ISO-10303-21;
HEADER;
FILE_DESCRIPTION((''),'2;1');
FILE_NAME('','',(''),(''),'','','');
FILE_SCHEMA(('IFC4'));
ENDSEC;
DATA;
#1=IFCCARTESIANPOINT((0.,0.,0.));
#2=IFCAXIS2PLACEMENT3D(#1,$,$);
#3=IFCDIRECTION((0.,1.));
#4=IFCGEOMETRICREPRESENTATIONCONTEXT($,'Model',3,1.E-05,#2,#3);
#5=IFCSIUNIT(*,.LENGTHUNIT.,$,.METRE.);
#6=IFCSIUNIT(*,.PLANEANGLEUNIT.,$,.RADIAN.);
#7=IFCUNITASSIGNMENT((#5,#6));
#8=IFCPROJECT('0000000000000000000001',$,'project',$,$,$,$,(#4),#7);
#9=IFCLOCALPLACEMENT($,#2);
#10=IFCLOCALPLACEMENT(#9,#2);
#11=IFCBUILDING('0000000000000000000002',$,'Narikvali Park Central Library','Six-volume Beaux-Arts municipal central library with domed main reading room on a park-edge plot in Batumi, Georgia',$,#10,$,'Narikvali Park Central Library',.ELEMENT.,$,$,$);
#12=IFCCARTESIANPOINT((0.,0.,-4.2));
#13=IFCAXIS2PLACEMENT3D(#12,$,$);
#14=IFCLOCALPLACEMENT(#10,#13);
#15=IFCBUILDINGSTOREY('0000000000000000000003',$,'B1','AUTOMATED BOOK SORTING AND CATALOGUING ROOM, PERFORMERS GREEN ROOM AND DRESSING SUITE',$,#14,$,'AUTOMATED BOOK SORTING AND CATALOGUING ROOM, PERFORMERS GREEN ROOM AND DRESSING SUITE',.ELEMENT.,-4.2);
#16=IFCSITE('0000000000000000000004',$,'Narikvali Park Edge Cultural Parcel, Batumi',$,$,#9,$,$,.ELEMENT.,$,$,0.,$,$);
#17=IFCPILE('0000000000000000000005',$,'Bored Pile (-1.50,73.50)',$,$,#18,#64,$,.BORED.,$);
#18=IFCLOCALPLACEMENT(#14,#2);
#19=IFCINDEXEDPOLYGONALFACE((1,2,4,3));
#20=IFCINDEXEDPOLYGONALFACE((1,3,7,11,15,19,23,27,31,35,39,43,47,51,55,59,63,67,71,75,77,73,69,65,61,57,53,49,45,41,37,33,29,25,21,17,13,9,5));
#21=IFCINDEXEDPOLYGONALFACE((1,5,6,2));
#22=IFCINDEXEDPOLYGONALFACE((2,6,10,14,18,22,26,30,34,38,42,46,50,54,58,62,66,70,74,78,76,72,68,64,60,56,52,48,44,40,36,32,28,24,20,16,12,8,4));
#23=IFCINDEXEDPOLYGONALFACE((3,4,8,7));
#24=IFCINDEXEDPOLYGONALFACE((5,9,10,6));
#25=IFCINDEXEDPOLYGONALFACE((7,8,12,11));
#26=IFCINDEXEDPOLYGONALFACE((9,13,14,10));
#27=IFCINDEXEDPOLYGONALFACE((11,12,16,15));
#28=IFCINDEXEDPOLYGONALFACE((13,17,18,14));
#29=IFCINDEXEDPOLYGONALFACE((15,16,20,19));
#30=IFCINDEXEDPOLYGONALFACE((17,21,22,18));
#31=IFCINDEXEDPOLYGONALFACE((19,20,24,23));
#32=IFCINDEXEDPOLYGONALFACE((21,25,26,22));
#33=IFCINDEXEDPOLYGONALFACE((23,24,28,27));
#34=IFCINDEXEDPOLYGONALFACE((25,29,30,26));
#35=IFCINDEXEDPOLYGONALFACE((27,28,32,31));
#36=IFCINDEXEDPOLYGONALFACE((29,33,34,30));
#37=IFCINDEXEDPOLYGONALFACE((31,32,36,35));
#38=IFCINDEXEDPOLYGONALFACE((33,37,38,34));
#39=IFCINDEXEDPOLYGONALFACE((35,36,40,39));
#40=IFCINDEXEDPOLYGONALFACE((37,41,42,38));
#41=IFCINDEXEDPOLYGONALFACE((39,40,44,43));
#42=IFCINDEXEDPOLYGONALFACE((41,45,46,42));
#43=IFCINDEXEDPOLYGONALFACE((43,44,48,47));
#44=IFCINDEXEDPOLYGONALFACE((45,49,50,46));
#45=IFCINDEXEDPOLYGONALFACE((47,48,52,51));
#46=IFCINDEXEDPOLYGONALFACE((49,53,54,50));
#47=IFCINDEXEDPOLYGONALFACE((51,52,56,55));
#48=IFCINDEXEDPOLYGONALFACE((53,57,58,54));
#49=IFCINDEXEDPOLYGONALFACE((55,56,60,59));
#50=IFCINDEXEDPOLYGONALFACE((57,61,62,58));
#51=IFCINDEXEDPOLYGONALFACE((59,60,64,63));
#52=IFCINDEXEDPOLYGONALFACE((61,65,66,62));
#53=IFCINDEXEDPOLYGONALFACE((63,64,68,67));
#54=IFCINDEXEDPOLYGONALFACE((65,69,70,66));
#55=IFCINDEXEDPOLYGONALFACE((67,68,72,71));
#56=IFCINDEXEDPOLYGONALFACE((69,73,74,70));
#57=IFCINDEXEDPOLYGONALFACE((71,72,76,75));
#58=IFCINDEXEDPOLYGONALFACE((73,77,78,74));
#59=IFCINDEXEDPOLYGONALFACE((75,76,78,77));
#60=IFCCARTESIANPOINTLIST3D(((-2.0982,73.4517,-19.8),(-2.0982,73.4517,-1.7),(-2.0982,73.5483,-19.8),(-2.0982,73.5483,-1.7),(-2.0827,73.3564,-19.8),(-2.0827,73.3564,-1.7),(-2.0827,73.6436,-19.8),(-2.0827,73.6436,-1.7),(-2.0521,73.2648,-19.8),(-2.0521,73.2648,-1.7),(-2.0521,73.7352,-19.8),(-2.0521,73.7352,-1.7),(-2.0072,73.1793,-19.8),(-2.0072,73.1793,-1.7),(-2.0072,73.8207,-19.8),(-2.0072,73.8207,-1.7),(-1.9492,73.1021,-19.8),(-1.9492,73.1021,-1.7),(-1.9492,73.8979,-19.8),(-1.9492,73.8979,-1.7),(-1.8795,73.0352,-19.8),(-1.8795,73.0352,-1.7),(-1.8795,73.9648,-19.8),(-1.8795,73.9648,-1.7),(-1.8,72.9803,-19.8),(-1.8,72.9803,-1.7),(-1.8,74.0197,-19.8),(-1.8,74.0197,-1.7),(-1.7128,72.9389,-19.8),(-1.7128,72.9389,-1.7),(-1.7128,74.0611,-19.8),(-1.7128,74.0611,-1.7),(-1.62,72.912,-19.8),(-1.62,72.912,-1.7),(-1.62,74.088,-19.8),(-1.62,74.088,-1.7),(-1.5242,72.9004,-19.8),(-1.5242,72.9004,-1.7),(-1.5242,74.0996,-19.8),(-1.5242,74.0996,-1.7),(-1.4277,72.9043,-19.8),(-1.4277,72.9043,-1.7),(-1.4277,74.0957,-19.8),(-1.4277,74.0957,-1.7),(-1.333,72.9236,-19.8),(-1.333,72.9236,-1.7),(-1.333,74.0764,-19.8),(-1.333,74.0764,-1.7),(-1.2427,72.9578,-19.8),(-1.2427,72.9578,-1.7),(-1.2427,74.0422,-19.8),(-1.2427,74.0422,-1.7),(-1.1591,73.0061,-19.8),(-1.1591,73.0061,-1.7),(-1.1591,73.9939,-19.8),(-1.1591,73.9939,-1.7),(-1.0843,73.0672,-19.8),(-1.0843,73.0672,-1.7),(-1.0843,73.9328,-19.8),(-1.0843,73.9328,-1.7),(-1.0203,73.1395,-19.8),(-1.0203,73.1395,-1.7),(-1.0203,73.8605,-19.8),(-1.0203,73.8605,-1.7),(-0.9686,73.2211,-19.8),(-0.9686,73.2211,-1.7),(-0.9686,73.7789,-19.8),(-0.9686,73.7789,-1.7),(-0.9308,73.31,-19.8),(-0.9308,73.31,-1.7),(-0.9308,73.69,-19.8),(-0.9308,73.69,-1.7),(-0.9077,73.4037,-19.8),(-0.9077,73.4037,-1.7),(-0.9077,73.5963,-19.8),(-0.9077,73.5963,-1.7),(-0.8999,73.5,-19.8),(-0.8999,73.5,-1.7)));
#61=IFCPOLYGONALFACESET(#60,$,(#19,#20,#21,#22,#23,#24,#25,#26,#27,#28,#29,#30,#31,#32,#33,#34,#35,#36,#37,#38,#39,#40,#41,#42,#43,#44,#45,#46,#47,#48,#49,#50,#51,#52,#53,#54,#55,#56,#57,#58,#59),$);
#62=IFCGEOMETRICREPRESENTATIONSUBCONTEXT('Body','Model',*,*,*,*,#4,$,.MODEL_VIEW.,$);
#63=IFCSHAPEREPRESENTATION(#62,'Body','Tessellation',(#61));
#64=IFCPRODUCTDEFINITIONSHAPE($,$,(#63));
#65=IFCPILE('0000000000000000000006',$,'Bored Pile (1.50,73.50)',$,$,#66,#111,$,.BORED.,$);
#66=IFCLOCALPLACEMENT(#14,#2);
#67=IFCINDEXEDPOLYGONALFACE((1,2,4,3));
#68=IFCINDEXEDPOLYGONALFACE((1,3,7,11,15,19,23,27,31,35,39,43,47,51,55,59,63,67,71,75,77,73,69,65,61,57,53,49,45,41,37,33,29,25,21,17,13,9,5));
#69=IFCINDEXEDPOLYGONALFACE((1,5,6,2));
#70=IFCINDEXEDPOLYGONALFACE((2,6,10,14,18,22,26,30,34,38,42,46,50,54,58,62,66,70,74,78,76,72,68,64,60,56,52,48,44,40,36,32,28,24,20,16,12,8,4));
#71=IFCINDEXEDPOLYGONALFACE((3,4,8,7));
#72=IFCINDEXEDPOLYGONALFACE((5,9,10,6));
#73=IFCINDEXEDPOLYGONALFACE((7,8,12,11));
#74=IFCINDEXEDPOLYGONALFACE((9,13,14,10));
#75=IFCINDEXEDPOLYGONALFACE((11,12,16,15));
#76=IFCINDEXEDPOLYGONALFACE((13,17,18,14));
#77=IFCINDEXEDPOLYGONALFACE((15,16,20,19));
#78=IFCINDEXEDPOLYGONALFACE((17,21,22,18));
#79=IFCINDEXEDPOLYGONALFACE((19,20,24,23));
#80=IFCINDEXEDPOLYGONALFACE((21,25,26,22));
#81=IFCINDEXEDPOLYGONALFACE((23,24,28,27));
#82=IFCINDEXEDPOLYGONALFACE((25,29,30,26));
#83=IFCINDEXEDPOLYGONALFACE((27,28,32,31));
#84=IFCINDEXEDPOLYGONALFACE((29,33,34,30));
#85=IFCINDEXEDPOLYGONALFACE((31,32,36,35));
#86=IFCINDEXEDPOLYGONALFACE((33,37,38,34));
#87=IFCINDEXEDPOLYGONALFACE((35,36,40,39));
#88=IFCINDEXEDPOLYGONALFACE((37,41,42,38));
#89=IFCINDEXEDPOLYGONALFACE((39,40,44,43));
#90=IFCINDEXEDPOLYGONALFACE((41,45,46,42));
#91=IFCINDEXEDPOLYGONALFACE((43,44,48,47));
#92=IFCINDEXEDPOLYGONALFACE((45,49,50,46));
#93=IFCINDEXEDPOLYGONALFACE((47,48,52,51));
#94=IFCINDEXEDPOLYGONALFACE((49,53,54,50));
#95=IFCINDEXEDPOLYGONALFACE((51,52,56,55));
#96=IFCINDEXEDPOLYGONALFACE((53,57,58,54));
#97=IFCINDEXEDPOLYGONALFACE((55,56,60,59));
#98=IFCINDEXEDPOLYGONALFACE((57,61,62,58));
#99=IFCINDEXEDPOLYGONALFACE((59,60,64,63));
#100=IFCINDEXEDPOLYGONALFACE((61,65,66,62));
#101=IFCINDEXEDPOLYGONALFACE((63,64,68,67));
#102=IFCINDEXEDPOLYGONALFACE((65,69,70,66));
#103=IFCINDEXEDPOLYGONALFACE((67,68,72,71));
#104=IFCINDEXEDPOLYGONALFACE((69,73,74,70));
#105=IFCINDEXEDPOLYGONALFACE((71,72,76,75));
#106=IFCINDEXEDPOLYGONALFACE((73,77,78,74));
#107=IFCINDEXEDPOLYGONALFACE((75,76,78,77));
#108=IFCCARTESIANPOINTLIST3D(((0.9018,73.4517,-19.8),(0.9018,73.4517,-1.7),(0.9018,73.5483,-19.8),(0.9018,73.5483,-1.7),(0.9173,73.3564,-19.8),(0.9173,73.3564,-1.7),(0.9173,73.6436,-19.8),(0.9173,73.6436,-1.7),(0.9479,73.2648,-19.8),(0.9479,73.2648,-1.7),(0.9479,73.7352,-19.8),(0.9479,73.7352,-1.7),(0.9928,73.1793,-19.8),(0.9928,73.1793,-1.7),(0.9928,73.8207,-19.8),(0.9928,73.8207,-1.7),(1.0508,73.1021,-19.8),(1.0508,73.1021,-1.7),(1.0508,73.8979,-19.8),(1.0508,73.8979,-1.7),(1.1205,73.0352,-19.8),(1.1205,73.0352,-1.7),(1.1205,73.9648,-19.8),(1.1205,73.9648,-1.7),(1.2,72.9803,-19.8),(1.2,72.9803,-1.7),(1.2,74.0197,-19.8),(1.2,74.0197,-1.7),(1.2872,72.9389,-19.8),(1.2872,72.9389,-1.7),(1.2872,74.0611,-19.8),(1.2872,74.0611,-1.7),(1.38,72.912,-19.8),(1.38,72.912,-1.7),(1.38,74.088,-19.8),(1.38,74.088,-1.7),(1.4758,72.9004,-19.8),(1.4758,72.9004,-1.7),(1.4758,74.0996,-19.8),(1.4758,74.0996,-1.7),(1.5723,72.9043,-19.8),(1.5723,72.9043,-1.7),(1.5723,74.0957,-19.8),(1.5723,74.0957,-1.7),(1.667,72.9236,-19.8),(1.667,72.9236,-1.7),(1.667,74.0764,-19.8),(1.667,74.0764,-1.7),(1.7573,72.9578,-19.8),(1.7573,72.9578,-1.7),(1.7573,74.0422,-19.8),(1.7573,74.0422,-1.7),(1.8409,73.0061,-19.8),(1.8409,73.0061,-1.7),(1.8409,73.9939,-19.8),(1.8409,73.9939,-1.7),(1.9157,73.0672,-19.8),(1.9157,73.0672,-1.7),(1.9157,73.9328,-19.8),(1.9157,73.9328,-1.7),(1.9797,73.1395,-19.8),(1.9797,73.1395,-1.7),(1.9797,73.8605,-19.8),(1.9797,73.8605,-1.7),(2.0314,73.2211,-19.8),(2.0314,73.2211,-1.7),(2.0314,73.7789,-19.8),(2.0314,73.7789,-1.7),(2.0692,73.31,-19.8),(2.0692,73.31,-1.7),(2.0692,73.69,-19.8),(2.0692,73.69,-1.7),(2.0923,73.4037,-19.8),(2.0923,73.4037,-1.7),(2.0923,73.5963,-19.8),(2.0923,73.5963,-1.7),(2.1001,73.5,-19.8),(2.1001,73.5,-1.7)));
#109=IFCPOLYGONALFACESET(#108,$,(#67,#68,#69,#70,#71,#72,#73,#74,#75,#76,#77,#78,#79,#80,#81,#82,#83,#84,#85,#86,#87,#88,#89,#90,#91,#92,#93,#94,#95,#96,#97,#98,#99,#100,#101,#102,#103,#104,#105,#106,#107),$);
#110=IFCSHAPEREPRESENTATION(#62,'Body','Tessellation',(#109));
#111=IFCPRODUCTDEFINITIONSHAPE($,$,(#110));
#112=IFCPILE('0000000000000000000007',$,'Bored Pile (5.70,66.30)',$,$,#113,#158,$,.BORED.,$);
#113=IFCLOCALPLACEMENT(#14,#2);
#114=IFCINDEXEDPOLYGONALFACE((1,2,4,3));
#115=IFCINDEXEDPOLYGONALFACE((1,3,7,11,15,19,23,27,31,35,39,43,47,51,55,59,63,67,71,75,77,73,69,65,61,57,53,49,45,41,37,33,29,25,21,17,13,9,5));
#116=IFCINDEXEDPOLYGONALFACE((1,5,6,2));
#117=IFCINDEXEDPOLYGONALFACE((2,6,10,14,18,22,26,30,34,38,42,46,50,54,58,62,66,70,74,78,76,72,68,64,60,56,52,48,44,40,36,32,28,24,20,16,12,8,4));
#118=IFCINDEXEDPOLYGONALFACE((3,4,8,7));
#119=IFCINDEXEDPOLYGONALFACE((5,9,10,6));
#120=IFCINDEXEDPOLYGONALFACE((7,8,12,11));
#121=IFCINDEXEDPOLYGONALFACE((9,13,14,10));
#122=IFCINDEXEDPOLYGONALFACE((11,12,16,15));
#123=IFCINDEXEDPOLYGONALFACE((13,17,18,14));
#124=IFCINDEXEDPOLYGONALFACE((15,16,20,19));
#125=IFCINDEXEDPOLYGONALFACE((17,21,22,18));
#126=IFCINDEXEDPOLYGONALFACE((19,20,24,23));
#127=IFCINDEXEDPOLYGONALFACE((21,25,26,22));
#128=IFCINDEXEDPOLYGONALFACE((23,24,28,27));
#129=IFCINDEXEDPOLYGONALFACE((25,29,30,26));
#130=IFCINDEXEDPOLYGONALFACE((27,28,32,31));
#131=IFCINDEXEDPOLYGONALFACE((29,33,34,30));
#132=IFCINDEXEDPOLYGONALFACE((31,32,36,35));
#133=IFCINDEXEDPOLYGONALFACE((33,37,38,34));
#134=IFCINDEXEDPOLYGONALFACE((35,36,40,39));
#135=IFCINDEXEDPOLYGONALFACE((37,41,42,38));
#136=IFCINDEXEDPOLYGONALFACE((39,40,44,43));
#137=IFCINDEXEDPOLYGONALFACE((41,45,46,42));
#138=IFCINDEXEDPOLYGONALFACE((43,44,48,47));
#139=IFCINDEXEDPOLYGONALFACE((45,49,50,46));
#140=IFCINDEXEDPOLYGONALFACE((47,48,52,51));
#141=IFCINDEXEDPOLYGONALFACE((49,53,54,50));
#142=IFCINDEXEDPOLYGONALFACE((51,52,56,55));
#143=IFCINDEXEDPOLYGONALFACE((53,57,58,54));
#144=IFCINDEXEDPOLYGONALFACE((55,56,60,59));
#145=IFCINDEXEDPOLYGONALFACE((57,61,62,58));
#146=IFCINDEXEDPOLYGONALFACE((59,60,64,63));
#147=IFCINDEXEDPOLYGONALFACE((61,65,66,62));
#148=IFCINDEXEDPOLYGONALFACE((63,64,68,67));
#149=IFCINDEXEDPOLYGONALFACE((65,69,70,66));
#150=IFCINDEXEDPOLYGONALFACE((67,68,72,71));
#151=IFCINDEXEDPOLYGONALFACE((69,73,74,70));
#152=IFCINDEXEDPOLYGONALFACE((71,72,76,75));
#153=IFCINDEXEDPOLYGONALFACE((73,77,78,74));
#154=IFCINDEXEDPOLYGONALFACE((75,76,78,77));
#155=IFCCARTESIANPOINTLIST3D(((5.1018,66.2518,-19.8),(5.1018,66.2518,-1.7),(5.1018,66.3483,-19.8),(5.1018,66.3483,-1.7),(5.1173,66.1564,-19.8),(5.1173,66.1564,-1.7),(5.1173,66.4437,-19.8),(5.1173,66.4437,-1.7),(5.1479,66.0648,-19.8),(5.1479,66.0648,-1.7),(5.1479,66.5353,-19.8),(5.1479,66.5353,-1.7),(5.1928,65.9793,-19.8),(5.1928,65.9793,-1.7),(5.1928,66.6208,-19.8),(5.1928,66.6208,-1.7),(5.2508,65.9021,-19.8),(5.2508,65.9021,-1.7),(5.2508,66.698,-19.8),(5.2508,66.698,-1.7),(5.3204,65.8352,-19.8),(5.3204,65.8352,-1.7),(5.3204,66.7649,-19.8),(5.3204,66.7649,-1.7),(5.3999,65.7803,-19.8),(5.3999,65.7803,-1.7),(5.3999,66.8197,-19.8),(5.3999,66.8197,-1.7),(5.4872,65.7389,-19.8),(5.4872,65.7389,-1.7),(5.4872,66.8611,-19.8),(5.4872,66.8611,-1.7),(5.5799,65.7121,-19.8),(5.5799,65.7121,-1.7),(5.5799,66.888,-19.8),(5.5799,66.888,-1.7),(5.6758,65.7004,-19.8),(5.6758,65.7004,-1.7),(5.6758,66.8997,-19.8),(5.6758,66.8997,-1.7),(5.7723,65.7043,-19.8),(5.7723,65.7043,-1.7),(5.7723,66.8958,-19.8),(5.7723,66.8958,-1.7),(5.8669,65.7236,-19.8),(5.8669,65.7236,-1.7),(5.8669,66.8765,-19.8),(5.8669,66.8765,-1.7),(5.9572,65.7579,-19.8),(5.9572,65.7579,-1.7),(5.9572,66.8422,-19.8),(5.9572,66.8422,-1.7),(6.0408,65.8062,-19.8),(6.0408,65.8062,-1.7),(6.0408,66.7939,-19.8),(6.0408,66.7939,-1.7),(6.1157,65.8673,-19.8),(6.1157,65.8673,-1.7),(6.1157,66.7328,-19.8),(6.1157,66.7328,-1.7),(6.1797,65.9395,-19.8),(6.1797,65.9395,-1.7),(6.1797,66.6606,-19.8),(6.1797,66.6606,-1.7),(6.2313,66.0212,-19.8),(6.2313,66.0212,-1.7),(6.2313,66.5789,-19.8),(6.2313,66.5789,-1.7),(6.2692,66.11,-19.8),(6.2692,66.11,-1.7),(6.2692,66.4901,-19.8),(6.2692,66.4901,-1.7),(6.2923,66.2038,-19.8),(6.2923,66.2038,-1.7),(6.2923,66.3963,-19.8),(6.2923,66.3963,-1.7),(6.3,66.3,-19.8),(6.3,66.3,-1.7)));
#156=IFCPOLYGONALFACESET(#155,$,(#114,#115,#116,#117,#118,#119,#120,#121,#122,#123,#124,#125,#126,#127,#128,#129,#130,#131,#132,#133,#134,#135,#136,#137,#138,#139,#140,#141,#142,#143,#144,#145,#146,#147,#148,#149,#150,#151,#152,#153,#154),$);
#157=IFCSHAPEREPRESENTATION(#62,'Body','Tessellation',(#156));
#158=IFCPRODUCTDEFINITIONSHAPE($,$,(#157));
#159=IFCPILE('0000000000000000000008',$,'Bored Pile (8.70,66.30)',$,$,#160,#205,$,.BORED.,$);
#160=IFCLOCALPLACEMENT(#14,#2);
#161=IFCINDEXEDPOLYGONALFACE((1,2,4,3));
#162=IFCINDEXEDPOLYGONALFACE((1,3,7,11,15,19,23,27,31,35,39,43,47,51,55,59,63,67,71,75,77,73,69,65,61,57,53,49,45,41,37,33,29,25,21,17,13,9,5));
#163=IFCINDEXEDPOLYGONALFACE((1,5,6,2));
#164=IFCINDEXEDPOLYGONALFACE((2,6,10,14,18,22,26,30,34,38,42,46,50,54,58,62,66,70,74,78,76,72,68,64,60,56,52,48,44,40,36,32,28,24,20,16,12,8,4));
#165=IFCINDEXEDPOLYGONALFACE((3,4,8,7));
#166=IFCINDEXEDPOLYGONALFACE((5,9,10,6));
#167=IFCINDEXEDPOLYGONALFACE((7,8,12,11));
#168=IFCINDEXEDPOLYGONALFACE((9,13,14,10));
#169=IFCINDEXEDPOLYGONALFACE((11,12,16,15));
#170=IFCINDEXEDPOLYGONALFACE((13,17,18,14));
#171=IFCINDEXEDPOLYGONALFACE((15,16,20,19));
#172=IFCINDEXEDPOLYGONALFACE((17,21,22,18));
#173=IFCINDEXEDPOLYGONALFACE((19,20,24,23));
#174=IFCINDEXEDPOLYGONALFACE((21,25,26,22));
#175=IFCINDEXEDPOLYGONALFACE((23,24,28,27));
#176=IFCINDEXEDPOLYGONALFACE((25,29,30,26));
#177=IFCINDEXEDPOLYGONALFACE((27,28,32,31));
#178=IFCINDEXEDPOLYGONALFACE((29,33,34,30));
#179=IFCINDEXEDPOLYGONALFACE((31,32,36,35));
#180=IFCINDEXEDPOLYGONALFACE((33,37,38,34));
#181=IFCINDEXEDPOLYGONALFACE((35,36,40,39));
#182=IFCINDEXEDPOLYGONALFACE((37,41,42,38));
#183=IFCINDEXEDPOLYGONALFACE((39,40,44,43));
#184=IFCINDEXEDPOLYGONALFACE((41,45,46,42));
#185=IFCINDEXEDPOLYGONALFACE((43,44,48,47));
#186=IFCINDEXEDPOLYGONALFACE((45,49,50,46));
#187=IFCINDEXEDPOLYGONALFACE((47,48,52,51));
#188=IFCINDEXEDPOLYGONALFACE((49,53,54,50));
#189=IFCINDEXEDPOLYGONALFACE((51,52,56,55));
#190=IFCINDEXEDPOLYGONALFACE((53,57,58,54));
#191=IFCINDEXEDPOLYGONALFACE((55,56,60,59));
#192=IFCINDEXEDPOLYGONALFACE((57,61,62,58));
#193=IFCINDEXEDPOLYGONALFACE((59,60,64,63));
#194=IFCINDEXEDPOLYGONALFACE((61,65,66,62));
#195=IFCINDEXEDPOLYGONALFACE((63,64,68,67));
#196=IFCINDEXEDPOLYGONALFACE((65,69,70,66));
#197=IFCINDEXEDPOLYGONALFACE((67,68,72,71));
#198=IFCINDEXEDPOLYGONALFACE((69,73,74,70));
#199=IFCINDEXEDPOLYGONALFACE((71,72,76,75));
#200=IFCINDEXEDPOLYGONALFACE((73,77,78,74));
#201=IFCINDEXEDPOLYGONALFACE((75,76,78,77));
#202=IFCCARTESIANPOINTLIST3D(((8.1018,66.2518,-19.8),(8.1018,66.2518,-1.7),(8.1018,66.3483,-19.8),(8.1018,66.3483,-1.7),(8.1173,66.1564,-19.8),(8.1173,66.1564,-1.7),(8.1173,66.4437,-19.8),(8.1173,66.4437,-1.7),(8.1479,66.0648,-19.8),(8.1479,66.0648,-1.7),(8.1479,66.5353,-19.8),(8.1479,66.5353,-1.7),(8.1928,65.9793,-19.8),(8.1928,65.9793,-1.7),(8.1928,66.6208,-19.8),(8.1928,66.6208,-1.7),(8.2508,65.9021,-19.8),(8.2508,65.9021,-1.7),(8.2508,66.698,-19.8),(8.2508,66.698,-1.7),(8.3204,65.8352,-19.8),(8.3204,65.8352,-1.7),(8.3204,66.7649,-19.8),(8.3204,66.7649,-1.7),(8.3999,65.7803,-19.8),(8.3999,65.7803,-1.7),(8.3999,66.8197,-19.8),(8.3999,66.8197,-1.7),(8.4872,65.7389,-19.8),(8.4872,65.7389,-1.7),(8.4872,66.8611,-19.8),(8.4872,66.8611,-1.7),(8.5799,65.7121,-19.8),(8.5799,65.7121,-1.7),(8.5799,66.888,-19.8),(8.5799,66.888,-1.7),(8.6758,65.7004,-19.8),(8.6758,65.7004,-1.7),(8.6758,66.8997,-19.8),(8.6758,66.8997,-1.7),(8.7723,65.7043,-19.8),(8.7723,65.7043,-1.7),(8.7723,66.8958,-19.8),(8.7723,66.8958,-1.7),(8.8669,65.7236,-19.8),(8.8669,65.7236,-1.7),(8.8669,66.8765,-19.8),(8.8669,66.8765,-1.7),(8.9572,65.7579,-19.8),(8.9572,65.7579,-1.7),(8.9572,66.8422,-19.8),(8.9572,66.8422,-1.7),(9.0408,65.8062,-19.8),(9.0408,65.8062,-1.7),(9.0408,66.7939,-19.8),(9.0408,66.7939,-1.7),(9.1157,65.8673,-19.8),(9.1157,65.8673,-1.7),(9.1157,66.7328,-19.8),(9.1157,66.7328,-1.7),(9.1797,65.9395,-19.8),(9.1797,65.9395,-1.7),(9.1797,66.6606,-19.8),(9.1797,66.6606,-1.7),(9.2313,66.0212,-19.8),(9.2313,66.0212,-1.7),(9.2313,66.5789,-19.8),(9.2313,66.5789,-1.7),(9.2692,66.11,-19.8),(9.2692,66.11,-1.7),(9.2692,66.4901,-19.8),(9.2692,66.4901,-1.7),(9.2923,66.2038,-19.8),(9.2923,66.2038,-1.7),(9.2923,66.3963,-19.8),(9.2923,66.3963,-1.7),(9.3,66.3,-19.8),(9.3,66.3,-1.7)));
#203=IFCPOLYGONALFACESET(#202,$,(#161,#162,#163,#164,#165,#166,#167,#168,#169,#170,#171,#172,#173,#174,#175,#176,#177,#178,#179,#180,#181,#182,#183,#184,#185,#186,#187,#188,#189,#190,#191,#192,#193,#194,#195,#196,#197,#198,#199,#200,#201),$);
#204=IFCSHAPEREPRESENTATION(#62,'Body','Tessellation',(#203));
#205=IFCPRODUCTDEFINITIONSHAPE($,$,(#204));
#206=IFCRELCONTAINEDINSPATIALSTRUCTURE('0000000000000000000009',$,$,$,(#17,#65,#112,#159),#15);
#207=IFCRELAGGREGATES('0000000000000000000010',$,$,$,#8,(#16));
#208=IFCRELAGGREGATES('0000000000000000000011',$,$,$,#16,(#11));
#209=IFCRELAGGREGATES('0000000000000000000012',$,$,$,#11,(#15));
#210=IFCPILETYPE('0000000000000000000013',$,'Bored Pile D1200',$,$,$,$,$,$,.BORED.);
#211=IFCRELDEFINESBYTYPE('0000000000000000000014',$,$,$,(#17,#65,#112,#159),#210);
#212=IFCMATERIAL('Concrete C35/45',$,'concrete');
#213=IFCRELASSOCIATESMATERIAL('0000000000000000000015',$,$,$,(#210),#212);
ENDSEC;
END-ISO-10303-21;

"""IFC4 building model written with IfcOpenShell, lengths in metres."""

from ifc_helpers import new_model, si_unit, direction, frame, origin, origin_2d, place, context, subcontext, project, spatial, circle, extrude, material, material_profile, profile_set, type_object, element, save


model = new_model("IFC4")

# Units and contexts
model_context = context("Model", 3, precision=1e-05, world=origin(), true_north=direction((0.0, 1.0)))
body_context = subcontext(model_context, "Body", "Model", "MODEL_VIEW")
ifc_project = project(units=[si_unit("LENGTHUNIT", "METRE"), si_unit("PLANEANGLEUNIT", "RADIAN")], contexts=[model_context])

# Site, building, storey
site_placement = place(None, origin())
site = spatial("IfcSite", under=ifc_project, at=site_placement, Name="Narikvali Park Edge Cultural Parcel, Batumi", CompositionType="ELEMENT", RefElevation=0.0)
building_placement = place(site_placement, origin())
building = spatial("IfcBuilding", under=site, at=building_placement, Name="Narikvali Park Central Library", Description="Six-volume Beaux-Arts municipal central library with domed main reading room on a park-edge plot in Batumi, Georgia", LongName="Narikvali Park Central Library", CompositionType="ELEMENT")
storey_placement = place(building_placement, frame((0.0, 0.0, -4.2)))
storey = spatial("IfcBuildingStorey", under=building, at=storey_placement, Name="B1", Description="AUTOMATED BOOK SORTING AND CATALOGUING ROOM, PERFORMERS GREEN ROOM AND DRESSING SUITE", LongName="AUTOMATED BOOK SORTING AND CATALOGUING ROOM, PERFORMERS GREEN ROOM AND DRESSING SUITE", CompositionType="ELEMENT", Elevation=-4.2)

# Piles
ifc_material_1 = material(Name="Concrete C35/45", Category="concrete")
ifc_material_profile_1 = material_profile(ifc_material_1, circle(Radius=0.6001, at=origin_2d()), Name="PILE D1200")
ifc_profile_set_1 = profile_set([ifc_material_profile_1], Name="Concrete C35/45")
pile_type = type_object("IfcPileType", Name="Bored Pile D1200", PredefinedType="BORED", material=ifc_profile_set_1)
for number, where, z_axis, x_axis, name in (
    (1, (-1.5, 73.5, -1.7), (0.0, 0.0, -1.0), (1.0, 0.0, 0.0), "Bored Pile (-1.50,73.50)"),
    (2, (1.5, 73.5, -1.7), (0.0, 0.0, -1.0), (1.0, 0.0, 0.0), "Bored Pile (1.50,73.50)"),
    (3, (5.7, 66.3, -1.7), (0.0, 0.0, -1.0), (1.0, 0.0, 0.0), "Bored Pile (5.70,66.30)"),
    (4, (8.7, 66.3, -1.7), (0.0, 0.0, -1.0), (1.0, 0.0, 0.0), "Bored Pile (8.70,66.30)"),
):
    element("IfcPile", number, at=place(storey_placement, frame(where, z_axis=z_axis, x_axis=x_axis)), inside=storey, type_object=pile_type, Name=name, PredefinedType="BORED", context=body_context, shape_type="SweptSolid", body=[
        extrude(circle(Radius=0.6001, at=origin_2d()), origin(), (0.0, 0.0, 1.0), 18.1001),
    ])

save(model, "model.ifc")
